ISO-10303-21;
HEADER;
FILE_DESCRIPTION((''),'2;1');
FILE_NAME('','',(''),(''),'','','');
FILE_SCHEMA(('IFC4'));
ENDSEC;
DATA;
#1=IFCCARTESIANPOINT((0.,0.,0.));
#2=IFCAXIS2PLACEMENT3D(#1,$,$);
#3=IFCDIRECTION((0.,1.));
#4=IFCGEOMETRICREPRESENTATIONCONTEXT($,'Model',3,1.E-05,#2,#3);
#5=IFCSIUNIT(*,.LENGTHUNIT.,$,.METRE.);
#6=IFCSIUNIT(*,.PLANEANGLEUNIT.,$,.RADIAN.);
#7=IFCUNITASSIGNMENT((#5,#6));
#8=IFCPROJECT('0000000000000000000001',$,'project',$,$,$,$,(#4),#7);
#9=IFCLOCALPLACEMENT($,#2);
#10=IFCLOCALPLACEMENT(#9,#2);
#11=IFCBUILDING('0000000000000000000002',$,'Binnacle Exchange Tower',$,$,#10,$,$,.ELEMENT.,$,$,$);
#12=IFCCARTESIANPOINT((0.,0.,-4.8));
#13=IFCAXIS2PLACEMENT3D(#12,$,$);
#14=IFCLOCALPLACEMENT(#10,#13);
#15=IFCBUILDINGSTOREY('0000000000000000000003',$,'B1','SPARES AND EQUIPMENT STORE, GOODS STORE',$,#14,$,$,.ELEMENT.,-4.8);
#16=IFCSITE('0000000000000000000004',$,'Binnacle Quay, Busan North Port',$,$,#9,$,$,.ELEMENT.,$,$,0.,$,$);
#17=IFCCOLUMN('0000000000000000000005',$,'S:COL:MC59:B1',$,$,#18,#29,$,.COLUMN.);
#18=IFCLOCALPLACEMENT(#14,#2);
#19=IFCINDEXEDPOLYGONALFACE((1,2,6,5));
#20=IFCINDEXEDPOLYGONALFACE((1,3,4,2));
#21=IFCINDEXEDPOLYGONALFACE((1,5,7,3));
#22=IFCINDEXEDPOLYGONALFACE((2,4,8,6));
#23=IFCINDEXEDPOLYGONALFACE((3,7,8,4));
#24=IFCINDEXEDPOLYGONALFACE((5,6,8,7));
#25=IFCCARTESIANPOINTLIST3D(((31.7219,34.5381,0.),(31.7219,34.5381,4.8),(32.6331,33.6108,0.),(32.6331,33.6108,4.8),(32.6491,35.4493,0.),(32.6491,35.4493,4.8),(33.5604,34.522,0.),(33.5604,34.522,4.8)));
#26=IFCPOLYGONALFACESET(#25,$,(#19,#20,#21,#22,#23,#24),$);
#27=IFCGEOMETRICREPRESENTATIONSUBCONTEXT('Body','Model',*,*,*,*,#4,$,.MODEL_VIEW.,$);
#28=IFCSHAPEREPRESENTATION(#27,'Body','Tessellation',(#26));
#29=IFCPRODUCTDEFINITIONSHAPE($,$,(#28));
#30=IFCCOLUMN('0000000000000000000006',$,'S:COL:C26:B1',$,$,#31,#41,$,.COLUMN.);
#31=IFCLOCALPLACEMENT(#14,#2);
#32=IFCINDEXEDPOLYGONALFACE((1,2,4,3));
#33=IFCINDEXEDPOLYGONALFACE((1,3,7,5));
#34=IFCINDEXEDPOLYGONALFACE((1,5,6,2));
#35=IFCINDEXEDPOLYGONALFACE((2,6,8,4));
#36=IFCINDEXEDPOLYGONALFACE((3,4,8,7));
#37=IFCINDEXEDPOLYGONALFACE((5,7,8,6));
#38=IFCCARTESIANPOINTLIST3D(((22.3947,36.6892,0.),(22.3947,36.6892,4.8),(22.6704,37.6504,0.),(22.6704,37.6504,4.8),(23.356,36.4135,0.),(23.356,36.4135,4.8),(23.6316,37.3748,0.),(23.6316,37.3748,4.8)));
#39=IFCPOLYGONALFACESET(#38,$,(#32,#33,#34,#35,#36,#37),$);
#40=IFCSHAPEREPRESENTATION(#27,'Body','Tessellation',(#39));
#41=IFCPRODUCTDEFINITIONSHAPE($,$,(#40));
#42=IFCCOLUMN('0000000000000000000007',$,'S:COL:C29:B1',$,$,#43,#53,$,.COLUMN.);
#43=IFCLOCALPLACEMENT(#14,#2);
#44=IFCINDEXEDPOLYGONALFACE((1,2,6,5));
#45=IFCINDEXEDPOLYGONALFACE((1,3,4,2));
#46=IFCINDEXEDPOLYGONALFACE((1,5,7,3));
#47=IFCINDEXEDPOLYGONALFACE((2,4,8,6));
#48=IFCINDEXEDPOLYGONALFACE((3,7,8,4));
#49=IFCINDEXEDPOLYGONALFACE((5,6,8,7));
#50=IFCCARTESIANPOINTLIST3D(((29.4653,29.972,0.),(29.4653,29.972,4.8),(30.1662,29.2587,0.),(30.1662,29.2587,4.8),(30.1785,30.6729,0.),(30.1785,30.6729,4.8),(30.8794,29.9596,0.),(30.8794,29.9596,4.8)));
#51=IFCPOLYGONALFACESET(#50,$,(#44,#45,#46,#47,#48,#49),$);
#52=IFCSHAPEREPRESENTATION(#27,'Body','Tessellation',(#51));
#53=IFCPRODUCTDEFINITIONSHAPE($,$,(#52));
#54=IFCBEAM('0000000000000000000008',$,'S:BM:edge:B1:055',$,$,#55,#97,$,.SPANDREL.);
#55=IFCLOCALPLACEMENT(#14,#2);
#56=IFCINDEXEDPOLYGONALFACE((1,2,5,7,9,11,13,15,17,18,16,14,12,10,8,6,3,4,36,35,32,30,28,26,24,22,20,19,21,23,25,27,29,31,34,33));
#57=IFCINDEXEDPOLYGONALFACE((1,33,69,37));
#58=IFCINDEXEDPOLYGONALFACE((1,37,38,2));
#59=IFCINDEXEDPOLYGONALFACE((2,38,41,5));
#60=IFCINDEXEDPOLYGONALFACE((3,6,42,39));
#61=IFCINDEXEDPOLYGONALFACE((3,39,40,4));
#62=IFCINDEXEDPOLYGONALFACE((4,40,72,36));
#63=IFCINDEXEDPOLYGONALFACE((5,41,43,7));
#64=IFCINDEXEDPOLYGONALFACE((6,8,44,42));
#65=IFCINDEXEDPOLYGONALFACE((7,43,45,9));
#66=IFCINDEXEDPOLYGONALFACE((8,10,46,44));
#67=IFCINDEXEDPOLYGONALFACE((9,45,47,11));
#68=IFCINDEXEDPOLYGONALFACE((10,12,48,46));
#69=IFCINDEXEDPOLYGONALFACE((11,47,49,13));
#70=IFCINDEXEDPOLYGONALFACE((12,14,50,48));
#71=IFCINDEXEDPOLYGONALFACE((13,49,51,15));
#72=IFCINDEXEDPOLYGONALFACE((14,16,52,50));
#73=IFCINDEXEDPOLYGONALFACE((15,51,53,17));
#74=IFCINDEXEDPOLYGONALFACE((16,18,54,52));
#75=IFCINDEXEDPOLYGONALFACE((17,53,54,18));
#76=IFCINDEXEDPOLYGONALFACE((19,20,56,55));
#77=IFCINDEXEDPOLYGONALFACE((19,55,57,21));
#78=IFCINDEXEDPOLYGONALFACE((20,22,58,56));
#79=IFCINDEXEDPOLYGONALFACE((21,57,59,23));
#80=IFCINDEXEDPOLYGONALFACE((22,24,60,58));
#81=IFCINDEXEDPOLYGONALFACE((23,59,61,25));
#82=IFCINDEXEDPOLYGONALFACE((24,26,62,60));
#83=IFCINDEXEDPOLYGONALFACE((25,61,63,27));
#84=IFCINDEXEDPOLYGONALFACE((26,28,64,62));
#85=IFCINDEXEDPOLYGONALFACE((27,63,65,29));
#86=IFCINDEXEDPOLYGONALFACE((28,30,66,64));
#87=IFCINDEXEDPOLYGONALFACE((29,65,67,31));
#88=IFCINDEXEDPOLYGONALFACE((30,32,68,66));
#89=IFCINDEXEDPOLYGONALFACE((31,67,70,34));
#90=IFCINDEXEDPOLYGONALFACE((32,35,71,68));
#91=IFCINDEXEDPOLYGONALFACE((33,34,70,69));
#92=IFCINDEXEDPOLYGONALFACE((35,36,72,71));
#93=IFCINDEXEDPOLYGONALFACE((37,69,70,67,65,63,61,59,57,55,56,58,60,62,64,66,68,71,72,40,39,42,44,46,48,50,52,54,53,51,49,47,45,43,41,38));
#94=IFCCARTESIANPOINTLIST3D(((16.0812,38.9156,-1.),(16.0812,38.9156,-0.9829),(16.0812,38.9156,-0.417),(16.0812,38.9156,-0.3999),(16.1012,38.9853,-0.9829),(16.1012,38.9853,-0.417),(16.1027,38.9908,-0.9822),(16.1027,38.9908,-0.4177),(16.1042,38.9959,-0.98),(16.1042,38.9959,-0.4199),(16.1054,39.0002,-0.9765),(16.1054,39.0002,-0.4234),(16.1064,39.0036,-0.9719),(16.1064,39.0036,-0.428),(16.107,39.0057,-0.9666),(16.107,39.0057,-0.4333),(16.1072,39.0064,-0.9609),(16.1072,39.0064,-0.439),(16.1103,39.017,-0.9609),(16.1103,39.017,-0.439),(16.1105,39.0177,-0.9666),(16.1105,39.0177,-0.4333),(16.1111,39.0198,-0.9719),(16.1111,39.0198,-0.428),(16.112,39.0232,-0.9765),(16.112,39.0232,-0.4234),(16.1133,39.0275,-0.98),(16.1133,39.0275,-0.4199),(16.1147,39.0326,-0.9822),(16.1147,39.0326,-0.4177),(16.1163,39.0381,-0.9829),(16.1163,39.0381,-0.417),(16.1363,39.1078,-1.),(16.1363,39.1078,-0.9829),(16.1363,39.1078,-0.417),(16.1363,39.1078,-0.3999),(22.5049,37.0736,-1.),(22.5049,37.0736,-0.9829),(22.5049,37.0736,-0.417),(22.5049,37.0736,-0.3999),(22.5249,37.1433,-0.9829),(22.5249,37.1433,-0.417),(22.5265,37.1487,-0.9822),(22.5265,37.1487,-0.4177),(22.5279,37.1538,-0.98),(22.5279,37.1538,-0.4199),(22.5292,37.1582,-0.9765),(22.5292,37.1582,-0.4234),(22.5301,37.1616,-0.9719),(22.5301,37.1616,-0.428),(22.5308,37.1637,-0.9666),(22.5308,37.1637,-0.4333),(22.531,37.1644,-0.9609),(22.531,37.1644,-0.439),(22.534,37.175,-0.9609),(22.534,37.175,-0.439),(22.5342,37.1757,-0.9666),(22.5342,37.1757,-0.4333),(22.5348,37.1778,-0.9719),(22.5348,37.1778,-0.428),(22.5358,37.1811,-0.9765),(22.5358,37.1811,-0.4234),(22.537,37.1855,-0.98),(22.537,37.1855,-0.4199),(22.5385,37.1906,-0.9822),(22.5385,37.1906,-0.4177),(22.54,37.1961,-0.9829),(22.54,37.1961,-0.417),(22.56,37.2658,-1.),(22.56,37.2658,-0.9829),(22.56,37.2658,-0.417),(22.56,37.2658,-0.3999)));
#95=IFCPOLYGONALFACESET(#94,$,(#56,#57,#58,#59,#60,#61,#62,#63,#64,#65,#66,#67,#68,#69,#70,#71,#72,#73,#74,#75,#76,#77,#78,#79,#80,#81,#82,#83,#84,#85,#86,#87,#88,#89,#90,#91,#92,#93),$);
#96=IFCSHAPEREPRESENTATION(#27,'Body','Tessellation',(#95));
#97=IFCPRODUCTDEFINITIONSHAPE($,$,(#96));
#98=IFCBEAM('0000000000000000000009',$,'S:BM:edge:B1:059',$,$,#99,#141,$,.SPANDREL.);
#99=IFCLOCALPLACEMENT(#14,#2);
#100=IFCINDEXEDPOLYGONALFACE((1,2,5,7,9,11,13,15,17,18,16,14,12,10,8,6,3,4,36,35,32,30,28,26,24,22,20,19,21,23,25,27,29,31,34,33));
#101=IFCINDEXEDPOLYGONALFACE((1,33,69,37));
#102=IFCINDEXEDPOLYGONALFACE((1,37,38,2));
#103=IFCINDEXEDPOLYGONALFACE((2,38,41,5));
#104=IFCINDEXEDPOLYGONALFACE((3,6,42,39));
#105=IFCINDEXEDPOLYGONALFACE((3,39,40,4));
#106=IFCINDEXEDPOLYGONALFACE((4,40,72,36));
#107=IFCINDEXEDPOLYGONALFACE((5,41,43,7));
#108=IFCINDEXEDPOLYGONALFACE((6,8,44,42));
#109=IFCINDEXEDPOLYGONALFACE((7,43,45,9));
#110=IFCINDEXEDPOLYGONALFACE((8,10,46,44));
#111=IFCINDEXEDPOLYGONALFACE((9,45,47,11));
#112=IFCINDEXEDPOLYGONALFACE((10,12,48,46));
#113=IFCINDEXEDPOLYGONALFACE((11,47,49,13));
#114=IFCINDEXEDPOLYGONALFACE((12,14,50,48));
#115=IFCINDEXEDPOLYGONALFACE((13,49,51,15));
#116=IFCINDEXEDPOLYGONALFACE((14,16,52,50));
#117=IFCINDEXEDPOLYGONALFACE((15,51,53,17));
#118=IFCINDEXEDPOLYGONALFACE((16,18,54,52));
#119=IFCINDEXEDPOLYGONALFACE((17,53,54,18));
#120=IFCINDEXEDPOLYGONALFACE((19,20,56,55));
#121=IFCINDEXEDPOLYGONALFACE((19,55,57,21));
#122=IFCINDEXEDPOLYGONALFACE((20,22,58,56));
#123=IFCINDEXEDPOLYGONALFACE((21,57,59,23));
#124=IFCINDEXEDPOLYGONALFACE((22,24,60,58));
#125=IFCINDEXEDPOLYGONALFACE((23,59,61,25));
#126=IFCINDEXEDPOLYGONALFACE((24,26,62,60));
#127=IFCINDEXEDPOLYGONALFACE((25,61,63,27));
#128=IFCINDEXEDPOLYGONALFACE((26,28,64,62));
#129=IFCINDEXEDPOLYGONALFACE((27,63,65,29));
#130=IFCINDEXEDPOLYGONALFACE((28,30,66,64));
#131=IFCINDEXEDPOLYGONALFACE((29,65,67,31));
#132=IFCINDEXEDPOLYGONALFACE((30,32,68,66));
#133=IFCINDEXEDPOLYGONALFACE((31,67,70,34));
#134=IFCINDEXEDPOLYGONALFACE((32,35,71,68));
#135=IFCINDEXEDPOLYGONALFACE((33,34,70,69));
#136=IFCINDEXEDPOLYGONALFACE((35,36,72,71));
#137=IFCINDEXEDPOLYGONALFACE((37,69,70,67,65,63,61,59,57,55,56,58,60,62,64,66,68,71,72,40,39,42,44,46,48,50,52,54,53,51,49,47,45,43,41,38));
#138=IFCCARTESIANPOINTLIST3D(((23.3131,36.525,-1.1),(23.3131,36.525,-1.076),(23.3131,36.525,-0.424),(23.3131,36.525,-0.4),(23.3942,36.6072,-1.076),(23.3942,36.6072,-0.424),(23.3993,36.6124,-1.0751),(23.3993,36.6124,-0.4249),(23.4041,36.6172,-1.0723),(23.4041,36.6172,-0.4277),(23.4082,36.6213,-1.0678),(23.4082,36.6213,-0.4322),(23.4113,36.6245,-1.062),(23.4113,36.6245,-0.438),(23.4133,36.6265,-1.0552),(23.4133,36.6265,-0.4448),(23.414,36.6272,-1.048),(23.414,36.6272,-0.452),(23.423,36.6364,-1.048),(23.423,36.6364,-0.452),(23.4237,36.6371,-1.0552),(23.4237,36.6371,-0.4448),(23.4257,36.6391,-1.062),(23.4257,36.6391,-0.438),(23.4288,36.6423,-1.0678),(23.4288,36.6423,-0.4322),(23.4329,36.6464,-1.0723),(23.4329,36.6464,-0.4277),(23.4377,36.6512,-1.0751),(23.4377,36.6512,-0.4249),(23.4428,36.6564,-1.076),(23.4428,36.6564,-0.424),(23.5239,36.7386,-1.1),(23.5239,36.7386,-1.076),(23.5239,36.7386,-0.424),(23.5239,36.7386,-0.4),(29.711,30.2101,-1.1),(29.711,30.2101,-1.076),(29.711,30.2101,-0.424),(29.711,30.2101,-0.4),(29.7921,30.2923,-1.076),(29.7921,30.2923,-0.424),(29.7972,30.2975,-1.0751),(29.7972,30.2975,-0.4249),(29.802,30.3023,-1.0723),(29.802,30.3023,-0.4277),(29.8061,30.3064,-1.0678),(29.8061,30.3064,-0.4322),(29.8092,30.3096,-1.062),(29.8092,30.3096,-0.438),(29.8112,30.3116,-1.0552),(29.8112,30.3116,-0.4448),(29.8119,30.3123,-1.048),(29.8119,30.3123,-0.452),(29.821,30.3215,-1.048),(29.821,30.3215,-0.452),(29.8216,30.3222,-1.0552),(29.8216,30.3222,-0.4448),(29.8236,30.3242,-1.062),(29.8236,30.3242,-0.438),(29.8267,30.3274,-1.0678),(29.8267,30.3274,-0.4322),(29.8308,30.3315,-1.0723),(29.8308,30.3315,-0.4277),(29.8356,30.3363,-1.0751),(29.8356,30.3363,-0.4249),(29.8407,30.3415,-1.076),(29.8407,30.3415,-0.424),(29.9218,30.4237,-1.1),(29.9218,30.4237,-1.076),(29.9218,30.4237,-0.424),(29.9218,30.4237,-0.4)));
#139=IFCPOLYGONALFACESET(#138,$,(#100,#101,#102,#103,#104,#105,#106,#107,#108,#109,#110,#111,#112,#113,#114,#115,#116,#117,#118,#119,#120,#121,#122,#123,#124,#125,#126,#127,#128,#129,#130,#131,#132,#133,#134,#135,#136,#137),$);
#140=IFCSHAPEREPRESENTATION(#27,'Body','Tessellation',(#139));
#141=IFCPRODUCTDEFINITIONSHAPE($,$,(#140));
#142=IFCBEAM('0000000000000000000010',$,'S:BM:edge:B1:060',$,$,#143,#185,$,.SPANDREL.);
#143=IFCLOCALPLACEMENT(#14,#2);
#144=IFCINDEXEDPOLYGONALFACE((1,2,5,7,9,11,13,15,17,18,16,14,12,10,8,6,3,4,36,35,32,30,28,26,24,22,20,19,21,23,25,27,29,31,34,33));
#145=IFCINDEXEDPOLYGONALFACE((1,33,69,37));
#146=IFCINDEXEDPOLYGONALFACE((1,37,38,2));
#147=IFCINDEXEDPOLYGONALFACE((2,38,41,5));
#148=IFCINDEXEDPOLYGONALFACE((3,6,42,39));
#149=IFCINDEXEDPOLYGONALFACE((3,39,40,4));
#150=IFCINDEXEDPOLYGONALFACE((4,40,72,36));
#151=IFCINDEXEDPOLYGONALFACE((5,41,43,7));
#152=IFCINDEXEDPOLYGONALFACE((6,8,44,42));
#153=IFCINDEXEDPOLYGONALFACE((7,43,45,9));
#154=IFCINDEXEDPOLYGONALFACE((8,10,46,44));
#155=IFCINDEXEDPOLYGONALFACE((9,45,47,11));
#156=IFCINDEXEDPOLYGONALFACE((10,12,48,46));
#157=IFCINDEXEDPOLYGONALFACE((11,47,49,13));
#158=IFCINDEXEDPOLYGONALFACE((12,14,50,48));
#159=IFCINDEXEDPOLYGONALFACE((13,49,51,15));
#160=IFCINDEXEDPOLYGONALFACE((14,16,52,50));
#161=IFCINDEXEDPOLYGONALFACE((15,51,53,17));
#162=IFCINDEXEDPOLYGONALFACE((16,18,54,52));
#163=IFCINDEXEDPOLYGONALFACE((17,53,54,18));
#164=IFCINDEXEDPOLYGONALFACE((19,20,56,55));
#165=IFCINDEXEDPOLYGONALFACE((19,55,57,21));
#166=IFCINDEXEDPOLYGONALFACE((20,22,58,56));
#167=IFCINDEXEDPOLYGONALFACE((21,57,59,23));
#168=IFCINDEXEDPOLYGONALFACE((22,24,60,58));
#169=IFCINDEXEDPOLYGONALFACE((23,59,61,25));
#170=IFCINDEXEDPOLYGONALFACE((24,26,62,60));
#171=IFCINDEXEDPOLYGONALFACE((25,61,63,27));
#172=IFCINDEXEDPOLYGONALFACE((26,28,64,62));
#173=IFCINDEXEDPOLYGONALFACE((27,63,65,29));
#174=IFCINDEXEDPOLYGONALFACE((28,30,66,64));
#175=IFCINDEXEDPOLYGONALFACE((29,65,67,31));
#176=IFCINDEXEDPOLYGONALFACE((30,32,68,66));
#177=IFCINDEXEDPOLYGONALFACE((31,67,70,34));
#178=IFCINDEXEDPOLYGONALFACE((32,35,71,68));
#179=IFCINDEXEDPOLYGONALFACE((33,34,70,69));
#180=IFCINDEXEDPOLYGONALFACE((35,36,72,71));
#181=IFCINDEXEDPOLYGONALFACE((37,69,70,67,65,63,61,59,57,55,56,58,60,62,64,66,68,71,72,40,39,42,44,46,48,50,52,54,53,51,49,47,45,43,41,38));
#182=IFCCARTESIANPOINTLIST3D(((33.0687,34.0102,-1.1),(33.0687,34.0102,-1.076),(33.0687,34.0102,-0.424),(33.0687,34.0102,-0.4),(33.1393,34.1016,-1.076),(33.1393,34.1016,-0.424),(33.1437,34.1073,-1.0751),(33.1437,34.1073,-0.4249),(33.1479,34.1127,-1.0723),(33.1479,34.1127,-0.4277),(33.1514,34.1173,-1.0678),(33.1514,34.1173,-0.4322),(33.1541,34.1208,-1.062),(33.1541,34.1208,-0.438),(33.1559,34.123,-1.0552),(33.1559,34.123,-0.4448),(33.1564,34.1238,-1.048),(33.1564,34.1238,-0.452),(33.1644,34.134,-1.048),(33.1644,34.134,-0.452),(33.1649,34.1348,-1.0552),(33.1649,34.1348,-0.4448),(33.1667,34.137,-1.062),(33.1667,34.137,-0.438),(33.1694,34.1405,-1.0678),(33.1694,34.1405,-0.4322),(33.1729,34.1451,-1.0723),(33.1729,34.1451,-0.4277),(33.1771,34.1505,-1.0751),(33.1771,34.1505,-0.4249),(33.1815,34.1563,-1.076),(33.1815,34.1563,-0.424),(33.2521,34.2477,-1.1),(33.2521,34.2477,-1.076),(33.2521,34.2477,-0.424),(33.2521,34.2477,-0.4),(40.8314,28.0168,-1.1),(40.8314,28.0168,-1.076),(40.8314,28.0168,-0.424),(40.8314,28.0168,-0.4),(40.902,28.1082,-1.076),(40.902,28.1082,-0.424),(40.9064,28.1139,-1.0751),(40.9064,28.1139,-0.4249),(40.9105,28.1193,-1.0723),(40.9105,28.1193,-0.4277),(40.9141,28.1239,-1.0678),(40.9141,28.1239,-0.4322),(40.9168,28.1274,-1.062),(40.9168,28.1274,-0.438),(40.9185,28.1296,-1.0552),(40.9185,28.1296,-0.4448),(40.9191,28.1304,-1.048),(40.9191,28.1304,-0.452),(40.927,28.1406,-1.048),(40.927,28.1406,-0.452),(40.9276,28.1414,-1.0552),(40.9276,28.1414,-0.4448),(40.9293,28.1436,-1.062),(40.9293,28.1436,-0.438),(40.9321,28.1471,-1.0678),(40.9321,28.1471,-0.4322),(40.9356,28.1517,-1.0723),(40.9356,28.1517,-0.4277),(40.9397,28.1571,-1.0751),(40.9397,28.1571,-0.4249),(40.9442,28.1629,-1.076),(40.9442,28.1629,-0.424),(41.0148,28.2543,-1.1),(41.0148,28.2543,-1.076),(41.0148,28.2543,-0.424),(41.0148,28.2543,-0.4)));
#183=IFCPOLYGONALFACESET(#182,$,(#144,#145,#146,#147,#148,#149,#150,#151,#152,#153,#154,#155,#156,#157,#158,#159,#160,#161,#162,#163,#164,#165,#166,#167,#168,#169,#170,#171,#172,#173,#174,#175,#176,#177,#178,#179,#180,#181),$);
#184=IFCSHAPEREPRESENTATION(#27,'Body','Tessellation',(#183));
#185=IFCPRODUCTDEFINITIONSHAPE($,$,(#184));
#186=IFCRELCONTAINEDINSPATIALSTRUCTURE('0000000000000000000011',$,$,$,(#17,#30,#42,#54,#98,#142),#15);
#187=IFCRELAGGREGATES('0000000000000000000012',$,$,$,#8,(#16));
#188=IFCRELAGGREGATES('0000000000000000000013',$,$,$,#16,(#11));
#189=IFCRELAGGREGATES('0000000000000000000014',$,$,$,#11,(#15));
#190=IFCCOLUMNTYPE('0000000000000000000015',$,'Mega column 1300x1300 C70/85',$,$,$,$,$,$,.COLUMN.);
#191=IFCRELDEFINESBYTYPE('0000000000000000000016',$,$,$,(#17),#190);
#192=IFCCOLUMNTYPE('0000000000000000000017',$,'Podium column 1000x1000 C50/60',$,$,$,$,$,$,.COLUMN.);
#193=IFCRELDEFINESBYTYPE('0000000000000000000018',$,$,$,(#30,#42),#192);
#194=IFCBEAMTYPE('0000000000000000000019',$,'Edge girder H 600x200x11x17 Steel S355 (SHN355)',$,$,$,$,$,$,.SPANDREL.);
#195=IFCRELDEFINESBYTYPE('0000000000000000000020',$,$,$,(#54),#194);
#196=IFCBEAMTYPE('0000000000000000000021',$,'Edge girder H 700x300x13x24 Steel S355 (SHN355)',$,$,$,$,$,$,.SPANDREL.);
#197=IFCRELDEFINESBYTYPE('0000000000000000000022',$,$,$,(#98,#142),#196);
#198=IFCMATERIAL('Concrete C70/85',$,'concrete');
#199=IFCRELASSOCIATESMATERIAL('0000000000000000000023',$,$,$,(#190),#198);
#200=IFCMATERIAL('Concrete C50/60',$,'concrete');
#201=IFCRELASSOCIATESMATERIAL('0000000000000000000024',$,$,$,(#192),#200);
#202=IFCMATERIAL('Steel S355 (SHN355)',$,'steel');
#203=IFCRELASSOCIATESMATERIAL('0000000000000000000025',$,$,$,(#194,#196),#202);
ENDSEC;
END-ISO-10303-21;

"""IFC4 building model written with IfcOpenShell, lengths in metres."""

from ifc_helpers import new_model, si_unit, direction, frame, origin, origin_2d, place, context, subcontext, project, spatial, rectangle, i_section, extrude, material, material_profile, profile_set, type_object, element, save


model = new_model("IFC4")

# Units and contexts
model_context = context("Model", 3, precision=1e-05, world=origin(), true_north=direction((0.0, 1.0)))
body_context = subcontext(model_context, "Body", "Model", "MODEL_VIEW")
ifc_project = project(units=[si_unit("LENGTHUNIT", "METRE"), si_unit("PLANEANGLEUNIT", "RADIAN")], contexts=[model_context])

# Site, building, storey
site_placement = place(None, origin())
site = spatial("IfcSite", under=ifc_project, at=site_placement, Name="Binnacle Quay, Busan North Port", CompositionType="ELEMENT", RefElevation=0.0)
building_placement = place(site_placement, origin())
building = spatial("IfcBuilding", under=site, at=building_placement, Name="Binnacle Exchange Tower", CompositionType="ELEMENT")
storey_placement = place(building_placement, frame((0.0, 0.0, -4.8)))
storey = spatial("IfcBuildingStorey", under=building, at=storey_placement, Name="B1", Description="SPARES AND EQUIPMENT STORE, GOODS STORE", CompositionType="ELEMENT", Elevation=-4.8)

# Columns
ifc_material_1 = material(Name="Concrete C70/85", Category="concrete")
ifc_material_profile_1 = material_profile(ifc_material_1, rectangle(XDim=1.3, YDim=1.3, at=origin_2d()), Name="Mega column 1300x1300 C70/85")
ifc_profile_set_1 = profile_set([ifc_material_profile_1], Name="Concrete C70/85")
column_type_1 = type_object("IfcColumnType", Name="Mega column 1300x1300 C70/85", PredefinedType="COLUMN", material=ifc_profile_set_1)
column_placement = place(storey_placement, frame((32.6411, 34.53, 0.0), z_axis=(0.0, 0.0, 1.0), x_axis=(0.700909, -0.71325, 0.0)))
element("IfcColumn", 1, at=column_placement, inside=storey, type_object=column_type_1, Name="S:COL:MC59:B1", PredefinedType="COLUMN", context=body_context, shape_type="SweptSolid", body=[
    extrude(rectangle(XDim=1.3, YDim=1.3, at=origin_2d()), origin(), (0.0, 0.0, 1.0), 4.8),
])
ifc_material_2 = material(Name="Concrete C50/60", Category="concrete")
ifc_material_profile_2 = material_profile(ifc_material_2, rectangle(XDim=1.0, YDim=1.0, at=origin_2d()), Name="Podium column 1000x1000 C50/60")
ifc_profile_set_2 = profile_set([ifc_material_profile_2], Name="Concrete C50/60")
column_type_2 = type_object("IfcColumnType", Name="Podium column 1000x1000 C50/60", PredefinedType="COLUMN", material=ifc_profile_set_2)
for number, where, z_axis, x_axis, name in (
    (2, (23.0132, 37.032, 0.0), (0.0, 0.0, 1.0), (0.961262, -0.275637, 0.0), "S:COL:C26:B1"),
    (3, (30.1724, 29.9658, 0.0), (0.0, 0.0, 1.0), (0.700909, -0.71325, 0.0), "S:COL:C29:B1"),
):
    element("IfcColumn", number, at=place(storey_placement, frame(where, z_axis=z_axis, x_axis=x_axis)), inside=storey, type_object=column_type_2, Name=name, PredefinedType="COLUMN", context=body_context, shape_type="SweptSolid", body=[
        extrude(rectangle(XDim=1.0, YDim=1.0, at=origin_2d()), origin(), (0.0, 0.0, 1.0), 4.8),
    ])

# Beams
ifc_material_3 = material(Name="Steel S355 (SHN355)", Category="steel")
ifc_material_profile_3 = material_profile(ifc_material_3, i_section(OverallWidth=0.2, OverallDepth=0.6001, WebThickness=0.011, FlangeThickness=0.0171, FilletRadius=0.022, at=origin_2d()), Name="H 600x200x11x17")
ifc_profile_set_3 = profile_set([ifc_material_profile_3], Name="Steel S355 (SHN355)")
beam_type_1 = type_object("IfcBeamType", Name="Edge girder H 600x200x11x17 Steel S355 (SHN355)", PredefinedType="SPANDREL", material=ifc_profile_set_3)
beam_1_placement = place(storey_placement, frame((22.5325, 37.1697, -0.7), z_axis=(-0.96126, 0.275643, 0.0), x_axis=(-0.275643, -0.96126, 0.0)))
element("IfcBeam", 4, at=beam_1_placement, inside=storey, type_object=beam_type_1, Name="S:BM:edge:B1:055", PredefinedType="SPANDREL", context=body_context, shape_type="SweptSolid", body=[
    extrude(i_section(OverallWidth=0.2, OverallDepth=0.6001, WebThickness=0.011, FlangeThickness=0.0171, FilletRadius=0.022, at=origin_2d()), origin(), (0.0, 0.0, 1.0), 6.6826),
])
ifc_material_profile_4 = material_profile(ifc_material_3, i_section(OverallWidth=0.3, OverallDepth=0.7, WebThickness=0.0129, FlangeThickness=0.0239, FilletRadius=0.0281, at=origin_2d()), Name="H 700x300x13x24")
ifc_profile_set_4 = profile_set([ifc_material_profile_4], Name="Steel S355 (SHN355)")
beam_type_2 = type_object("IfcBeamType", Name="Edge girder H 700x300x13x24 Steel S355 (SHN355)", PredefinedType="SPANDREL", material=ifc_profile_set_4)
beam_2_placement = place(storey_placement, frame((29.8164, 30.3169, -0.75), z_axis=(-0.711709, 0.702475, 0.0), x_axis=(-0.702475, -0.711709, 0.0)))
element("IfcBeam", 5, at=beam_2_placement, inside=storey, type_object=beam_type_2, Name="S:BM:edge:B1:059", PredefinedType="SPANDREL", context=body_context, shape_type="SweptSolid", body=[
    extrude(i_section(OverallWidth=0.3, OverallDepth=0.7, WebThickness=0.0129, FlangeThickness=0.0239, FilletRadius=0.0281, at=origin_2d()), origin(), (0.0, 0.0, 1.0), 8.9895),
])
beam_3_placement = place(storey_placement, frame((33.1604, 34.1289, -0.75), z_axis=(0.791533, -0.611126, 0.0), x_axis=(0.611126, 0.791533, 0.0)))
element("IfcBeam", 6, at=beam_3_placement, inside=storey, type_object=beam_type_2, Name="S:BM:edge:B1:060", PredefinedType="SPANDREL", context=body_context, shape_type="SweptSolid", body=[
    extrude(i_section(OverallWidth=0.3, OverallDepth=0.7, WebThickness=0.0129, FlangeThickness=0.0239, FilletRadius=0.0281, at=origin_2d()), origin(), (0.0, 0.0, 1.0), 9.8071),
])

save(model, "model.ifc")
